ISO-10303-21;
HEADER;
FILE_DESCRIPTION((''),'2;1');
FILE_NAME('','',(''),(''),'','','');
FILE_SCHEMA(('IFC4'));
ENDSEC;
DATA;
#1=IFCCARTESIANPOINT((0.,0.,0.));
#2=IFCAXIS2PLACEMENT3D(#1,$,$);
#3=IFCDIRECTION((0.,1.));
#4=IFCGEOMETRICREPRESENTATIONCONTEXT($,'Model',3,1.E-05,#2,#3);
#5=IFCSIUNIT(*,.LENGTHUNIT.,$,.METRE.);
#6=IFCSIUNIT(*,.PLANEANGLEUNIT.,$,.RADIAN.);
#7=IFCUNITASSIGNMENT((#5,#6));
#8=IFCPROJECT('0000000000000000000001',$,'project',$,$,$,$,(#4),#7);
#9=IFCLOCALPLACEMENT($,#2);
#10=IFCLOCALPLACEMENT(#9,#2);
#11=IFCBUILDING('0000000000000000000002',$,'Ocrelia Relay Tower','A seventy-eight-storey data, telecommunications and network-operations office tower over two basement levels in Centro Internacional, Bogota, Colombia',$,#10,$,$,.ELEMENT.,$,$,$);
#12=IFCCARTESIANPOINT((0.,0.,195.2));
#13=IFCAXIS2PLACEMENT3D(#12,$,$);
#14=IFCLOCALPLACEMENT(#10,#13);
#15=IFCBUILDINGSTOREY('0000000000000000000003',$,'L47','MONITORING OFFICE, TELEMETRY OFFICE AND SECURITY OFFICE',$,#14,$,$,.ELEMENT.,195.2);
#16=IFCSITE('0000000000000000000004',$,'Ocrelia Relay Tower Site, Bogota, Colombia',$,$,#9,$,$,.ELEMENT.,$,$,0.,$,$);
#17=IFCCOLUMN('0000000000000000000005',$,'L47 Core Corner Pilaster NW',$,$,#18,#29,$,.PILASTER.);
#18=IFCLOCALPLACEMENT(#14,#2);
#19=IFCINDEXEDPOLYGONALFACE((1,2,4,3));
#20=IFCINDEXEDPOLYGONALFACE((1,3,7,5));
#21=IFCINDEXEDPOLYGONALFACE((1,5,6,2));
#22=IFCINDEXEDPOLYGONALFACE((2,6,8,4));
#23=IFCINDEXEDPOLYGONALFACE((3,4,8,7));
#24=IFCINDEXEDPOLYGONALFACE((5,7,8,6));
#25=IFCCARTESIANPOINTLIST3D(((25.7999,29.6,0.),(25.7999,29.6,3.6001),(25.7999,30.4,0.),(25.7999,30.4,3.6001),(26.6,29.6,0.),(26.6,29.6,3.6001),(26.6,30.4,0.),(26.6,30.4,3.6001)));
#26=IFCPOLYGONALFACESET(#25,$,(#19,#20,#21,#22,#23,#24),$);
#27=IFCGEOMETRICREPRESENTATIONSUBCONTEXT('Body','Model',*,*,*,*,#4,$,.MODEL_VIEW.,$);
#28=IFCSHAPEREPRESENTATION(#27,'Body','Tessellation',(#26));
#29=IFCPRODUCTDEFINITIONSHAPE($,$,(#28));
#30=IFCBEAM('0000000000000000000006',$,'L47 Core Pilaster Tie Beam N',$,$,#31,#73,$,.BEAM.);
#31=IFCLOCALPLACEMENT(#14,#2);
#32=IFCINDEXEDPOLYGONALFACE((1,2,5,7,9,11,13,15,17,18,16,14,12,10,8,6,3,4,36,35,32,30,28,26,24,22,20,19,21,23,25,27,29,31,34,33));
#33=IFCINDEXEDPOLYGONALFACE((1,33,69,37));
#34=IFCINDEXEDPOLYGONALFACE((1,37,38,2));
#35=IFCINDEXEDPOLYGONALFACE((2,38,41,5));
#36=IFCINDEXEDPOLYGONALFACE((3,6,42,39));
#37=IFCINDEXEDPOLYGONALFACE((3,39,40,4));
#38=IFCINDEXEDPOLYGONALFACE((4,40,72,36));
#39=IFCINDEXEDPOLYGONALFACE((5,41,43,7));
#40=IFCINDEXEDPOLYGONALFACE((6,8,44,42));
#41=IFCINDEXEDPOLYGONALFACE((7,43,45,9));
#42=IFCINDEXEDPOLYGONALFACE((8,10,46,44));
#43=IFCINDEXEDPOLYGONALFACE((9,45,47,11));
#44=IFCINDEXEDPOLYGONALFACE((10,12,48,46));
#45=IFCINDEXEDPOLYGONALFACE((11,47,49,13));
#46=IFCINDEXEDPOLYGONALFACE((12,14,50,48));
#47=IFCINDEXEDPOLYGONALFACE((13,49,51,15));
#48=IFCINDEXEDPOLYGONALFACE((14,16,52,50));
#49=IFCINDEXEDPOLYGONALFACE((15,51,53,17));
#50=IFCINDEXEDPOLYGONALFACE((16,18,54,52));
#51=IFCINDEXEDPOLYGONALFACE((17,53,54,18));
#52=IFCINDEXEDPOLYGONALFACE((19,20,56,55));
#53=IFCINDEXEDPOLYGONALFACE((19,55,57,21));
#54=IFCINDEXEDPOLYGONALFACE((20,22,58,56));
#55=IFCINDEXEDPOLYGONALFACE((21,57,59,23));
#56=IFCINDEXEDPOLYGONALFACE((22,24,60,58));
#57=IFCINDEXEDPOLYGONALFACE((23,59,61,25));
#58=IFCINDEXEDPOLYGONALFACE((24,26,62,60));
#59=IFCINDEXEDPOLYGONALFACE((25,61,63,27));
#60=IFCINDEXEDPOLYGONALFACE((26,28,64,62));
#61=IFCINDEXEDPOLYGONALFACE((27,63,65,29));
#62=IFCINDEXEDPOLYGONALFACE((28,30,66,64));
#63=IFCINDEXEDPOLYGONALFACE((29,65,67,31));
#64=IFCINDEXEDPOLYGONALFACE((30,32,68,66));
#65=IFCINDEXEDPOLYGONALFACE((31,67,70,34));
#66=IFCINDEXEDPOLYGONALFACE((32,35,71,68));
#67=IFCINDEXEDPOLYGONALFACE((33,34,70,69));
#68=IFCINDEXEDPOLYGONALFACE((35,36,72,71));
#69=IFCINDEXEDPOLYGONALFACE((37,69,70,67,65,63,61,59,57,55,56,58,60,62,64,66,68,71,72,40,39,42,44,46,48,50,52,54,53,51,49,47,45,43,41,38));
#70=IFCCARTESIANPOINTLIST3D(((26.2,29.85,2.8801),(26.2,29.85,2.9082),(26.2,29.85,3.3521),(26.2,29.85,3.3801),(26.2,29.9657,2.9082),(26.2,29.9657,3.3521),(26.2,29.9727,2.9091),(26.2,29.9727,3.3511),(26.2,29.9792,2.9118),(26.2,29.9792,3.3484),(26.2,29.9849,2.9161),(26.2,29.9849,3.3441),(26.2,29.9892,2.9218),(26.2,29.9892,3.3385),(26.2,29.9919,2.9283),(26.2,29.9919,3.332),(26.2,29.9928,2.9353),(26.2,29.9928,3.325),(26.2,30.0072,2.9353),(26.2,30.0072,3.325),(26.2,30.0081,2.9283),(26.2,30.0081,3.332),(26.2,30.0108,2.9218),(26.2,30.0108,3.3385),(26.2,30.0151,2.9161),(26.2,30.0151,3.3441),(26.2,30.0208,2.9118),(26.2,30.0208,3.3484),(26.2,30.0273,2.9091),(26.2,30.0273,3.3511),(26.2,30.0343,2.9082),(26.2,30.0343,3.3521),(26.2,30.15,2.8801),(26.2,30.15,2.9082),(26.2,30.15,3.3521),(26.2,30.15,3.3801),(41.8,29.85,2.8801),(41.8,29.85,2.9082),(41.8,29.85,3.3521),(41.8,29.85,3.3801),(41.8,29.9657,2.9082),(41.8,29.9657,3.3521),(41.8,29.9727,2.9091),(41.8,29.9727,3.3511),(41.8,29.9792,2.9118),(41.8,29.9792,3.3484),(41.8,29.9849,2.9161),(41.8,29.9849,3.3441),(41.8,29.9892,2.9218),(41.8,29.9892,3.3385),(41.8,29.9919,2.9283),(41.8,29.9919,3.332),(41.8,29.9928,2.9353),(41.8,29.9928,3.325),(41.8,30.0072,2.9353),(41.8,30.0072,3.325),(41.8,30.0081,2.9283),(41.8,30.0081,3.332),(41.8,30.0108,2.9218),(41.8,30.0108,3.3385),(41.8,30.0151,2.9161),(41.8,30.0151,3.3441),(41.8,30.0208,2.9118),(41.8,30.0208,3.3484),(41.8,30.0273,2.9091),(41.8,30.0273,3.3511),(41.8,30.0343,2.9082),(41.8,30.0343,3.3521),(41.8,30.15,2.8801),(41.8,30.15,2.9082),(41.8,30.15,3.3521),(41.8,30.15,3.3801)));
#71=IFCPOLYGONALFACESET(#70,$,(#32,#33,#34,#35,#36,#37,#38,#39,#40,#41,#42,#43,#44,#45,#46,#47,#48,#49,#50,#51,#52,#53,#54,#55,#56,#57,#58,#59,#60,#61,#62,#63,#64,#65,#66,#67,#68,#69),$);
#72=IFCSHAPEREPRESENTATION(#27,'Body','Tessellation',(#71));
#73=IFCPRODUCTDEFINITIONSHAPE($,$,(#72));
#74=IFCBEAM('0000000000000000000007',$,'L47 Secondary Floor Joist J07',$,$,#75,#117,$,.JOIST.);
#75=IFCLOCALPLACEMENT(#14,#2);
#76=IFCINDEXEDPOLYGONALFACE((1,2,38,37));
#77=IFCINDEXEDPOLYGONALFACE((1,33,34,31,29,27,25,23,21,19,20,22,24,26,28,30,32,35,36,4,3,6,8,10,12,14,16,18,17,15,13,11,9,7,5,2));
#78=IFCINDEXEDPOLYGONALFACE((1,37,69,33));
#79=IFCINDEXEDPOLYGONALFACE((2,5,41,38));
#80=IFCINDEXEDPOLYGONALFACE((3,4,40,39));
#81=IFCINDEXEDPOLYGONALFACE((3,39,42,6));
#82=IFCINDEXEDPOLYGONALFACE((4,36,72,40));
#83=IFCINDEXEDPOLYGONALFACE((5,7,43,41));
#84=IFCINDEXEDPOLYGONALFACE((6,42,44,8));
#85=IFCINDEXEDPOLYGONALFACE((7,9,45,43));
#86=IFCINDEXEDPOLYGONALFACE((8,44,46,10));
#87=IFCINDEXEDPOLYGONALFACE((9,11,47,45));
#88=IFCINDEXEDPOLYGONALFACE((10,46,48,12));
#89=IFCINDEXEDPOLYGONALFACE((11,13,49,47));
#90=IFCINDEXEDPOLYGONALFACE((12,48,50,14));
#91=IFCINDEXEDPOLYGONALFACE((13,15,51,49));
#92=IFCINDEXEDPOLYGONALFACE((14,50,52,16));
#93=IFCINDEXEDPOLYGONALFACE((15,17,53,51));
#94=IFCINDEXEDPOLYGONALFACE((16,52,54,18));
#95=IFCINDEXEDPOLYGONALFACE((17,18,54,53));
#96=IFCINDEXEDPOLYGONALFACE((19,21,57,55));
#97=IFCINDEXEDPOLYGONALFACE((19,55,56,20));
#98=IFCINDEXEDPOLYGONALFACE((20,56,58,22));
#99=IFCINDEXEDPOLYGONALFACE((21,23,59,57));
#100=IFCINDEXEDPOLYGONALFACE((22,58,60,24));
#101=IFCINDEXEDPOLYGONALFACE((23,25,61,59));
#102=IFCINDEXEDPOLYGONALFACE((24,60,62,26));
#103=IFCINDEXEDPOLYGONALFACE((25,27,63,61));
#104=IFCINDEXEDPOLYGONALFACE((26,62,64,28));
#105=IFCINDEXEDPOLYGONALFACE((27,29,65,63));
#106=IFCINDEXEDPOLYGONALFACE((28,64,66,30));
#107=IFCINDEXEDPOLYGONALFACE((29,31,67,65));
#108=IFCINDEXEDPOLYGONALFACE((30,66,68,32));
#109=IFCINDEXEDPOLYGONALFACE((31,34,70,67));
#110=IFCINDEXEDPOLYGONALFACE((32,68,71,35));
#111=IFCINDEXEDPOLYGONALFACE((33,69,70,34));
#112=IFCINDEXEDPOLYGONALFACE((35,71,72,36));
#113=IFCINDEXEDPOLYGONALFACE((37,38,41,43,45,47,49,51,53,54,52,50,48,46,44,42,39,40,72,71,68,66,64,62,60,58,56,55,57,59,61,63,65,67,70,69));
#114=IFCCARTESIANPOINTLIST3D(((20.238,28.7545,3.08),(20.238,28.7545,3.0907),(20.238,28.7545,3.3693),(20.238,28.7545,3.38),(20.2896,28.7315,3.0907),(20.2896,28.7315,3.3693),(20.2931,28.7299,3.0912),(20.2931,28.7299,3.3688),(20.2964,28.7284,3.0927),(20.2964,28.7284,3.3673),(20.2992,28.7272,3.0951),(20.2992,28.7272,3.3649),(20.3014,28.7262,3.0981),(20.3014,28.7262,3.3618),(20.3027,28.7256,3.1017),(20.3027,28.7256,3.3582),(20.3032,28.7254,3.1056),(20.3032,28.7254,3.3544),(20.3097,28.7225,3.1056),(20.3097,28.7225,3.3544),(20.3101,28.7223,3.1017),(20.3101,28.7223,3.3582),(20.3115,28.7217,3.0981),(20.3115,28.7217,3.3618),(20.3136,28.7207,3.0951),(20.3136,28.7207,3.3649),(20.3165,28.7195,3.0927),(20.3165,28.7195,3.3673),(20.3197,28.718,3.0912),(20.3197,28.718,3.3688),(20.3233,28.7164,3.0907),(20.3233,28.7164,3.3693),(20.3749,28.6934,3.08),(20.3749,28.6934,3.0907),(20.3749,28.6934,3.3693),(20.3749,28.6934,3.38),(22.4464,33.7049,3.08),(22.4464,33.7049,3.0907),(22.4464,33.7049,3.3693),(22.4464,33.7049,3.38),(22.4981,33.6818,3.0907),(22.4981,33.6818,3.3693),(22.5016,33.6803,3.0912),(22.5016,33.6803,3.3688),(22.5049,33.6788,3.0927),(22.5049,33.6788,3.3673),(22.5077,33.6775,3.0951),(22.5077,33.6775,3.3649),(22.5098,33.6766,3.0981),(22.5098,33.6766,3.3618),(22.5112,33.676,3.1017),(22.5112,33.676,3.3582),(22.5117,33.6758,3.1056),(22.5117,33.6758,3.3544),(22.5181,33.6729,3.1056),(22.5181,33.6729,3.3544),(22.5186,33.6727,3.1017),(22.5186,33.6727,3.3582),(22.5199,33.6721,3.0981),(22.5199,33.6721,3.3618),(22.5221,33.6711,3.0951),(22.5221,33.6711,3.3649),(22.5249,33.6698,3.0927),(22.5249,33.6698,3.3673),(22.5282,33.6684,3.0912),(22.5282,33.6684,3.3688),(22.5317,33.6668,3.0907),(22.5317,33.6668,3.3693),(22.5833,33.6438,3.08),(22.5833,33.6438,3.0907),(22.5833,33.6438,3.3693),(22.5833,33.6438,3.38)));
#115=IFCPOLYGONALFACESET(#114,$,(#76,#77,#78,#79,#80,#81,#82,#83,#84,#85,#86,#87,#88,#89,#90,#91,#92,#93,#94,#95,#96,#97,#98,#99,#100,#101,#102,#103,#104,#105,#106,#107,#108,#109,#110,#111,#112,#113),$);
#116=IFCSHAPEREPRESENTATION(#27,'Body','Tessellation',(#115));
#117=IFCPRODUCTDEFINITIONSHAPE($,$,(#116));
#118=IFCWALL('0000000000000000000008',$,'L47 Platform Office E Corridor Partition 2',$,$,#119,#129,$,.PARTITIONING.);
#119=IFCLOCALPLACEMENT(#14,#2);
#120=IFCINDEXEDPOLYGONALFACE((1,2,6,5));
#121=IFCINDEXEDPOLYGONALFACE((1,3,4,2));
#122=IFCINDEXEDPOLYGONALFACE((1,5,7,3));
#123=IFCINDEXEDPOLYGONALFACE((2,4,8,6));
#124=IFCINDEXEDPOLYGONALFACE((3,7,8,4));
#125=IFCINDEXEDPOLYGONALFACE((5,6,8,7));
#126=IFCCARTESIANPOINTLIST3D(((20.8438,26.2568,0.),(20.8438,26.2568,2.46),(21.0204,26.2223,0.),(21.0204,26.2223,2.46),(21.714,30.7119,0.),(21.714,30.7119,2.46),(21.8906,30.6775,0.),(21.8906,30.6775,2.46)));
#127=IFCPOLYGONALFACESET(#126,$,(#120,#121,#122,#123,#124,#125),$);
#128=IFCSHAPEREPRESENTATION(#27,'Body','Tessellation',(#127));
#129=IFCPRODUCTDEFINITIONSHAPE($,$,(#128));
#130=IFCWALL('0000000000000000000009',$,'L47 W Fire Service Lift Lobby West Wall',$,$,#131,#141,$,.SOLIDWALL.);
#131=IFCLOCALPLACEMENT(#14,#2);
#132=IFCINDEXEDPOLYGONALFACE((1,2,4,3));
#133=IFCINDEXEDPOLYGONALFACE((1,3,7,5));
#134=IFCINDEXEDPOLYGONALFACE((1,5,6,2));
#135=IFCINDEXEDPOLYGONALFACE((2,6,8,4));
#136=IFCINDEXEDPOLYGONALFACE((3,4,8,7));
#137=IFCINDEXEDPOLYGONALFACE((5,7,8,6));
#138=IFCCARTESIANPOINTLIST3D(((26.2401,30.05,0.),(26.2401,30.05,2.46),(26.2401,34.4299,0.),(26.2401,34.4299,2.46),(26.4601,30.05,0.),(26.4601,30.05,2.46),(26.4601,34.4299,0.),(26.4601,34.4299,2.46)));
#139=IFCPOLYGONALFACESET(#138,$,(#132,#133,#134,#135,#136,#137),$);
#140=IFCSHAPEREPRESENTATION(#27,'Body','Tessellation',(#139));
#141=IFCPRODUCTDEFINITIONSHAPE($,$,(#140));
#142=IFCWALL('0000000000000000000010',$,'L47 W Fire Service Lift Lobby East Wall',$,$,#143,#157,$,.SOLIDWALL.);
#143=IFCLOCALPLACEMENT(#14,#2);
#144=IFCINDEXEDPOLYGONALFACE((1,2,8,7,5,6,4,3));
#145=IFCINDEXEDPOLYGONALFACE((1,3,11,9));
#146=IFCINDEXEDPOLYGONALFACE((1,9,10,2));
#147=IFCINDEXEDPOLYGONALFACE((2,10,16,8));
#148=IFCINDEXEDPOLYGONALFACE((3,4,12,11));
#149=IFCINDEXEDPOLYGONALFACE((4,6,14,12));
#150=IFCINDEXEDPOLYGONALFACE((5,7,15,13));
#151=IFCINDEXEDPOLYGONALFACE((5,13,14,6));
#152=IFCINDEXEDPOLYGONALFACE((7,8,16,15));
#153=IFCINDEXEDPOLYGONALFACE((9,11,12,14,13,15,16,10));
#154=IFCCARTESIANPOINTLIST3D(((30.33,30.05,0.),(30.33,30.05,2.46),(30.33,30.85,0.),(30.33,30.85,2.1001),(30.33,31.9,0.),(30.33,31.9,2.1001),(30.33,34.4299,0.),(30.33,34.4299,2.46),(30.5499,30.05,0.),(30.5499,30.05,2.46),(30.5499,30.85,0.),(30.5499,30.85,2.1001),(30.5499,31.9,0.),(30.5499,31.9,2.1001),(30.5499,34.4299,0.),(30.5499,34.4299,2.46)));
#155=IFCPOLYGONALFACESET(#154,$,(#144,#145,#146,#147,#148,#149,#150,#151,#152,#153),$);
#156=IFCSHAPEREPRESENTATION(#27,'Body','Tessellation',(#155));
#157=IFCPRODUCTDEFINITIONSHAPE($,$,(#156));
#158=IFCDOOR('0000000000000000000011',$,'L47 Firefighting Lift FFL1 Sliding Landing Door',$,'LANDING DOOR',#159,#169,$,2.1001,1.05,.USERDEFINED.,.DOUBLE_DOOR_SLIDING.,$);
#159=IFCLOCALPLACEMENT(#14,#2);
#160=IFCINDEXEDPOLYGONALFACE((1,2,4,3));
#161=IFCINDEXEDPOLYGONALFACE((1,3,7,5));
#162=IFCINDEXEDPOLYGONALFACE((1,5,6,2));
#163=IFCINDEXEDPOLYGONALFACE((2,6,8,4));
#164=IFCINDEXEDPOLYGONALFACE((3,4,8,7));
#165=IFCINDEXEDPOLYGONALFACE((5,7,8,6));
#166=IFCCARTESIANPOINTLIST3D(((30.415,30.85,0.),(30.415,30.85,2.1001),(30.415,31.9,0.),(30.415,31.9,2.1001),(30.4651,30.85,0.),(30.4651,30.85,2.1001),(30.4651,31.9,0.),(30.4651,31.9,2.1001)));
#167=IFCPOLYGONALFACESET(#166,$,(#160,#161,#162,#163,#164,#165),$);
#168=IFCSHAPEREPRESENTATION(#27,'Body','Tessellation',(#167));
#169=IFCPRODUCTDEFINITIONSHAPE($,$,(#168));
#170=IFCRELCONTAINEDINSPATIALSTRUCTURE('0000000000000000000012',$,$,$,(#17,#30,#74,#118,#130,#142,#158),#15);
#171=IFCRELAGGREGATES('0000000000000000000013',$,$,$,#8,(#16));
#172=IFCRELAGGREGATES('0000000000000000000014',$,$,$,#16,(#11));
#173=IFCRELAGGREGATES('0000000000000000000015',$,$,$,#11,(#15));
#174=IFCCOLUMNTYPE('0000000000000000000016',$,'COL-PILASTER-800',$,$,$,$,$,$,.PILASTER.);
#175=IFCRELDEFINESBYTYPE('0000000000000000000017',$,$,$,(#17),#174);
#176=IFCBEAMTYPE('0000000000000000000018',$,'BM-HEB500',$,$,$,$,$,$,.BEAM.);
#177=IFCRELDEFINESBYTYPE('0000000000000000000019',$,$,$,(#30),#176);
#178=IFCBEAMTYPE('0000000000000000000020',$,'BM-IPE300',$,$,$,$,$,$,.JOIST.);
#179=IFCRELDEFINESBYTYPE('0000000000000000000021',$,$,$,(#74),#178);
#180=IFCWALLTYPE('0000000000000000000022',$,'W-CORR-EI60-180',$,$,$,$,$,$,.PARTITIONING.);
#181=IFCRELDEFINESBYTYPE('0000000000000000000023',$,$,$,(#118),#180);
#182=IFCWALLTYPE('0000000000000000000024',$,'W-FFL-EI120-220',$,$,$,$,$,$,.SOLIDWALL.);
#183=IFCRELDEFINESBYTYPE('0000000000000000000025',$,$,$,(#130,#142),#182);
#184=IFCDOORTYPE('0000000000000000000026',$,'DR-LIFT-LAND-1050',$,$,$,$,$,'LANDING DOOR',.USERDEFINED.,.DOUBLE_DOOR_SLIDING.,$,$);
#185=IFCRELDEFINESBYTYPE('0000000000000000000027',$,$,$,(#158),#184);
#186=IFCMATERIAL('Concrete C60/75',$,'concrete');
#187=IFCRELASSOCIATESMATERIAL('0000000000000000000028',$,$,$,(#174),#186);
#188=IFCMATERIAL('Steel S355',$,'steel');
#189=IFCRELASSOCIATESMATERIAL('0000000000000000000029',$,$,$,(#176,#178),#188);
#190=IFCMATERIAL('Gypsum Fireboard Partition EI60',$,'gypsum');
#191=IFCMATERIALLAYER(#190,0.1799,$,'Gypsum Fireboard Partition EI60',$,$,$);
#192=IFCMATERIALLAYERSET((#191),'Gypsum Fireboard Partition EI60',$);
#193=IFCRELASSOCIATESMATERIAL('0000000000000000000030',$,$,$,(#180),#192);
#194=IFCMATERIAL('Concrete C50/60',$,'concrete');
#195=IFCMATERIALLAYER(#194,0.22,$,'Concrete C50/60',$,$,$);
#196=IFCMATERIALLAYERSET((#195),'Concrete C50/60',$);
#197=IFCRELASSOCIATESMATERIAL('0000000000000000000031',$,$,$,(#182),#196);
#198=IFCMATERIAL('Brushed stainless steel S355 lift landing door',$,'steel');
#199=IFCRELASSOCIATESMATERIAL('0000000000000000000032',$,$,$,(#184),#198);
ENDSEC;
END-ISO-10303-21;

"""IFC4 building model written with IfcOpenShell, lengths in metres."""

from ifc_helpers import new_model, si_unit, direction, frame, frame_2d, origin, origin_2d, place, context, subcontext, project, spatial, rectangle, i_section, extrude, material, layer, layer_set, material_profile, profile_set, type_object, element, fill, save


model = new_model("IFC4")

# Units and contexts
model_context = context("Model", 3, precision=1e-05, world=origin(), true_north=direction((0.0, 1.0)))
body_context = subcontext(model_context, "Body", "Model", "MODEL_VIEW")
ifc_project = project(units=[si_unit("LENGTHUNIT", "METRE"), si_unit("PLANEANGLEUNIT", "RADIAN")], contexts=[model_context])

# Site, building, storey
site_placement = place(None, origin())
site = spatial("IfcSite", under=ifc_project, at=site_placement, Name="Ocrelia Relay Tower Site, Bogota, Colombia", CompositionType="ELEMENT", RefElevation=0.0)
building_placement = place(site_placement, origin())
building = spatial("IfcBuilding", under=site, at=building_placement, Name="Ocrelia Relay Tower", Description="A seventy-eight-storey data, telecommunications and network-operations office tower over two basement levels in Centro Internacional, Bogota, Colombia", CompositionType="ELEMENT")
storey_placement = place(building_placement, frame((0.0, 0.0, 195.2)))
storey = spatial("IfcBuildingStorey", under=building, at=storey_placement, Name="L47", Description="MONITORING OFFICE, TELEMETRY OFFICE AND SECURITY OFFICE", CompositionType="ELEMENT", Elevation=195.2)

# Column
ifc_material_1 = material(Name="Concrete C60/75", Category="concrete")
ifc_material_profile_1 = material_profile(ifc_material_1, rectangle(XDim=0.8, YDim=0.8, at=origin_2d()), Name="RC-COL-800x800")
ifc_profile_set_1 = profile_set([ifc_material_profile_1], Name="Concrete C60/75")
column_type = type_object("IfcColumnType", Name="COL-PILASTER-800", PredefinedType="PILASTER", material=ifc_profile_set_1)
column_placement = place(storey_placement, frame((26.2, 30.0, 0.0), z_axis=(0.0, 0.0, 1.0), x_axis=(1.0, 0.0, 0.0)))
element("IfcColumn", 1, at=column_placement, inside=storey, type_object=column_type, Name="L47 Core Corner Pilaster NW", PredefinedType="PILASTER", context=body_context, shape_type="SweptSolid", body=[
    extrude(rectangle(XDim=0.8, YDim=0.8, at=origin_2d()), origin(), (0.0, 0.0, 1.0), 3.6001),
])

# Beams
ifc_material_2 = material(Name="Steel S355", Category="steel")
ifc_material_profile_2 = material_profile(ifc_material_2, i_section(OverallWidth=0.3, OverallDepth=0.5, WebThickness=0.0144, FlangeThickness=0.0281, FilletRadius=0.0271, at=origin_2d()), Name="HEB 500")
ifc_profile_set_2 = profile_set([ifc_material_profile_2], Name="Steel S355")
beam_type_1 = type_object("IfcBeamType", Name="BM-HEB500", PredefinedType="BEAM", material=ifc_profile_set_2)
beam_1_placement = place(storey_placement, frame((26.2, 30.0, 3.1301), z_axis=(1.0, 0.0, 0.0), x_axis=(0.0, 1.0, 0.0)))
element("IfcBeam", 2, at=beam_1_placement, inside=storey, type_object=beam_type_1, Name="L47 Core Pilaster Tie Beam N", PredefinedType="BEAM", context=body_context, shape_type="SweptSolid", body=[
    extrude(i_section(OverallWidth=0.3, OverallDepth=0.5, WebThickness=0.0144, FlangeThickness=0.0281, FilletRadius=0.0271, at=origin_2d()), origin(), (0.0, 0.0, 1.0), 15.6001),
])
ifc_material_profile_3 = material_profile(ifc_material_2, i_section(OverallWidth=0.1499, OverallDepth=0.3, WebThickness=0.0071, FlangeThickness=0.0107, FilletRadius=0.0149, at=origin_2d()), Name="IPE 300")
ifc_profile_set_3 = profile_set([ifc_material_profile_3], Name="Steel S355")
beam_type_2 = type_object("IfcBeamType", Name="BM-IPE300", PredefinedType="JOIST", material=ifc_profile_set_3)
beam_2_placement = place(storey_placement, frame((22.5149, 33.6743, 3.23), z_axis=(-0.407417, -0.913242, 0.0), x_axis=(0.913242, -0.407417, 0.0)))
element("IfcBeam", 3, at=beam_2_placement, inside=storey, type_object=beam_type_2, Name="L47 Secondary Floor Joist J07", PredefinedType="JOIST", context=body_context, shape_type="SweptSolid", body=[
    extrude(i_section(OverallWidth=0.1499, OverallDepth=0.3, WebThickness=0.0071, FlangeThickness=0.0107, FilletRadius=0.0149, at=origin_2d()), origin(), (0.0, 0.0, 1.0), 5.4207),
])

# Shared definitions
ifc_material_3 = material(Name="Gypsum Fireboard Partition EI60", Category="gypsum")
ifc_layer_1 = layer(ifc_material_3, 0.1799, Name="Gypsum Fireboard Partition EI60")
ifc_layer_set_1 = layer_set([ifc_layer_1], Name="Gypsum Fireboard Partition EI60")
wall_type_1 = type_object("IfcWallType", Name="W-CORR-EI60-180", PredefinedType="PARTITIONING", material=ifc_layer_set_1)

# Walls
wall_1_placement = place(storey_placement, frame((21.8022, 30.6946, 0.0), z_axis=(0.0, 0.0, 1.0), x_axis=(-0.191687, -0.981456, 0.0)))
element("IfcWall", 4, at=wall_1_placement, inside=storey, type_object=wall_type_1, Name="L47 Platform Office E Corridor Partition 2", PredefinedType="PARTITIONING", context=body_context, shape_type="SweptSolid", body=[
    extrude(rectangle(XDim=4.5393, YDim=0.1799, at=frame_2d((2.2695, 0.0))), origin(), (0.0, 0.0, 1.0), 2.46),
])
ifc_material_4 = material(Name="Concrete C50/60", Category="concrete")
ifc_layer_2 = layer(ifc_material_4, 0.22, Name="Concrete C50/60")
ifc_layer_set_2 = layer_set([ifc_layer_2], Name="Concrete C50/60")
wall_type_2 = type_object("IfcWallType", Name="W-FFL-EI120-220", PredefinedType="SOLIDWALL", material=ifc_layer_set_2)
wall_2_placement = place(storey_placement, frame((26.3501, 30.05, 0.0), z_axis=(0.0, 0.0, 1.0), x_axis=(0.0, 1.0, 0.0)))
element("IfcWall", 5, at=wall_2_placement, inside=storey, type_object=wall_type_2, Name="L47 W Fire Service Lift Lobby West Wall", PredefinedType="SOLIDWALL", context=body_context, shape_type="SweptSolid", body=[
    extrude(rectangle(XDim=4.3799, YDim=0.22, at=frame_2d((2.1899, 0.0))), origin(), (0.0, 0.0, 1.0), 2.46),
])

# Wall, opening, door
wall_3_placement = place(storey_placement, frame((30.4399, 30.05, 0.0), z_axis=(0.0, 0.0, 1.0), x_axis=(0.0, 1.0, 0.0)))
wall_3 = element("IfcWall", 6, at=wall_3_placement, inside=storey, type_object=wall_type_2, Name="L47 W Fire Service Lift Lobby East Wall", PredefinedType="SOLIDWALL", context=body_context, shape_type="SweptSolid", body=[
    extrude(rectangle(XDim=4.3799, YDim=0.22, at=frame_2d((2.1899, 0.0))), origin(), (0.0, 0.0, 1.0), 2.46),
])
opening_1_placement = place(wall_3_placement, frame((0.8, 0.0, 0.0)))
opening_1 = element("IfcOpeningElement", 7, at=opening_1_placement, cuts=wall_3, PredefinedType="OPENING", context=body_context, shape_type="SweptSolid", body=[
    extrude(rectangle(XDim=1.05, YDim=2.1001, at=frame_2d((0.5249, 1.05))), frame((0.0, 0.1201, 0.0), z_axis=(0.0, -1.0, 0.0), x_axis=(1.0, 0.0, 0.0)), (0.0, 0.0, 1.0), 0.24),
])
ifc_material_5 = material(Name="Brushed stainless steel S355 lift landing door", Category="steel")
door_type_1 = type_object("IfcDoorType", Name="DR-LIFT-LAND-1050", ElementType="LANDING DOOR", OperationType="DOUBLE_DOOR_SLIDING", PredefinedType="USERDEFINED", material=ifc_material_5)
door_1_placement = place(opening_1_placement, origin())
door_1 = element("IfcDoor", 8, at=door_1_placement, inside=storey, type_object=door_type_1, Name="L47 Firefighting Lift FFL1 Sliding Landing Door", ObjectType="LANDING DOOR", OperationType="DOUBLE_DOOR_SLIDING", OverallHeight=2.1001, OverallWidth=1.05, PredefinedType="USERDEFINED", context=body_context, shape_type="SweptSolid", body=[
    extrude(rectangle(XDim=1.05, YDim=2.1001, at=frame_2d((0.5249, 1.05))), frame((0.0, 0.0249, 0.0), z_axis=(0.0, -1.0, 0.0), x_axis=(1.0, 0.0, 0.0)), (0.0, 0.0, 1.0), 0.05),
])
fill(opening_1, door_1)

save(model, "model.ifc")
